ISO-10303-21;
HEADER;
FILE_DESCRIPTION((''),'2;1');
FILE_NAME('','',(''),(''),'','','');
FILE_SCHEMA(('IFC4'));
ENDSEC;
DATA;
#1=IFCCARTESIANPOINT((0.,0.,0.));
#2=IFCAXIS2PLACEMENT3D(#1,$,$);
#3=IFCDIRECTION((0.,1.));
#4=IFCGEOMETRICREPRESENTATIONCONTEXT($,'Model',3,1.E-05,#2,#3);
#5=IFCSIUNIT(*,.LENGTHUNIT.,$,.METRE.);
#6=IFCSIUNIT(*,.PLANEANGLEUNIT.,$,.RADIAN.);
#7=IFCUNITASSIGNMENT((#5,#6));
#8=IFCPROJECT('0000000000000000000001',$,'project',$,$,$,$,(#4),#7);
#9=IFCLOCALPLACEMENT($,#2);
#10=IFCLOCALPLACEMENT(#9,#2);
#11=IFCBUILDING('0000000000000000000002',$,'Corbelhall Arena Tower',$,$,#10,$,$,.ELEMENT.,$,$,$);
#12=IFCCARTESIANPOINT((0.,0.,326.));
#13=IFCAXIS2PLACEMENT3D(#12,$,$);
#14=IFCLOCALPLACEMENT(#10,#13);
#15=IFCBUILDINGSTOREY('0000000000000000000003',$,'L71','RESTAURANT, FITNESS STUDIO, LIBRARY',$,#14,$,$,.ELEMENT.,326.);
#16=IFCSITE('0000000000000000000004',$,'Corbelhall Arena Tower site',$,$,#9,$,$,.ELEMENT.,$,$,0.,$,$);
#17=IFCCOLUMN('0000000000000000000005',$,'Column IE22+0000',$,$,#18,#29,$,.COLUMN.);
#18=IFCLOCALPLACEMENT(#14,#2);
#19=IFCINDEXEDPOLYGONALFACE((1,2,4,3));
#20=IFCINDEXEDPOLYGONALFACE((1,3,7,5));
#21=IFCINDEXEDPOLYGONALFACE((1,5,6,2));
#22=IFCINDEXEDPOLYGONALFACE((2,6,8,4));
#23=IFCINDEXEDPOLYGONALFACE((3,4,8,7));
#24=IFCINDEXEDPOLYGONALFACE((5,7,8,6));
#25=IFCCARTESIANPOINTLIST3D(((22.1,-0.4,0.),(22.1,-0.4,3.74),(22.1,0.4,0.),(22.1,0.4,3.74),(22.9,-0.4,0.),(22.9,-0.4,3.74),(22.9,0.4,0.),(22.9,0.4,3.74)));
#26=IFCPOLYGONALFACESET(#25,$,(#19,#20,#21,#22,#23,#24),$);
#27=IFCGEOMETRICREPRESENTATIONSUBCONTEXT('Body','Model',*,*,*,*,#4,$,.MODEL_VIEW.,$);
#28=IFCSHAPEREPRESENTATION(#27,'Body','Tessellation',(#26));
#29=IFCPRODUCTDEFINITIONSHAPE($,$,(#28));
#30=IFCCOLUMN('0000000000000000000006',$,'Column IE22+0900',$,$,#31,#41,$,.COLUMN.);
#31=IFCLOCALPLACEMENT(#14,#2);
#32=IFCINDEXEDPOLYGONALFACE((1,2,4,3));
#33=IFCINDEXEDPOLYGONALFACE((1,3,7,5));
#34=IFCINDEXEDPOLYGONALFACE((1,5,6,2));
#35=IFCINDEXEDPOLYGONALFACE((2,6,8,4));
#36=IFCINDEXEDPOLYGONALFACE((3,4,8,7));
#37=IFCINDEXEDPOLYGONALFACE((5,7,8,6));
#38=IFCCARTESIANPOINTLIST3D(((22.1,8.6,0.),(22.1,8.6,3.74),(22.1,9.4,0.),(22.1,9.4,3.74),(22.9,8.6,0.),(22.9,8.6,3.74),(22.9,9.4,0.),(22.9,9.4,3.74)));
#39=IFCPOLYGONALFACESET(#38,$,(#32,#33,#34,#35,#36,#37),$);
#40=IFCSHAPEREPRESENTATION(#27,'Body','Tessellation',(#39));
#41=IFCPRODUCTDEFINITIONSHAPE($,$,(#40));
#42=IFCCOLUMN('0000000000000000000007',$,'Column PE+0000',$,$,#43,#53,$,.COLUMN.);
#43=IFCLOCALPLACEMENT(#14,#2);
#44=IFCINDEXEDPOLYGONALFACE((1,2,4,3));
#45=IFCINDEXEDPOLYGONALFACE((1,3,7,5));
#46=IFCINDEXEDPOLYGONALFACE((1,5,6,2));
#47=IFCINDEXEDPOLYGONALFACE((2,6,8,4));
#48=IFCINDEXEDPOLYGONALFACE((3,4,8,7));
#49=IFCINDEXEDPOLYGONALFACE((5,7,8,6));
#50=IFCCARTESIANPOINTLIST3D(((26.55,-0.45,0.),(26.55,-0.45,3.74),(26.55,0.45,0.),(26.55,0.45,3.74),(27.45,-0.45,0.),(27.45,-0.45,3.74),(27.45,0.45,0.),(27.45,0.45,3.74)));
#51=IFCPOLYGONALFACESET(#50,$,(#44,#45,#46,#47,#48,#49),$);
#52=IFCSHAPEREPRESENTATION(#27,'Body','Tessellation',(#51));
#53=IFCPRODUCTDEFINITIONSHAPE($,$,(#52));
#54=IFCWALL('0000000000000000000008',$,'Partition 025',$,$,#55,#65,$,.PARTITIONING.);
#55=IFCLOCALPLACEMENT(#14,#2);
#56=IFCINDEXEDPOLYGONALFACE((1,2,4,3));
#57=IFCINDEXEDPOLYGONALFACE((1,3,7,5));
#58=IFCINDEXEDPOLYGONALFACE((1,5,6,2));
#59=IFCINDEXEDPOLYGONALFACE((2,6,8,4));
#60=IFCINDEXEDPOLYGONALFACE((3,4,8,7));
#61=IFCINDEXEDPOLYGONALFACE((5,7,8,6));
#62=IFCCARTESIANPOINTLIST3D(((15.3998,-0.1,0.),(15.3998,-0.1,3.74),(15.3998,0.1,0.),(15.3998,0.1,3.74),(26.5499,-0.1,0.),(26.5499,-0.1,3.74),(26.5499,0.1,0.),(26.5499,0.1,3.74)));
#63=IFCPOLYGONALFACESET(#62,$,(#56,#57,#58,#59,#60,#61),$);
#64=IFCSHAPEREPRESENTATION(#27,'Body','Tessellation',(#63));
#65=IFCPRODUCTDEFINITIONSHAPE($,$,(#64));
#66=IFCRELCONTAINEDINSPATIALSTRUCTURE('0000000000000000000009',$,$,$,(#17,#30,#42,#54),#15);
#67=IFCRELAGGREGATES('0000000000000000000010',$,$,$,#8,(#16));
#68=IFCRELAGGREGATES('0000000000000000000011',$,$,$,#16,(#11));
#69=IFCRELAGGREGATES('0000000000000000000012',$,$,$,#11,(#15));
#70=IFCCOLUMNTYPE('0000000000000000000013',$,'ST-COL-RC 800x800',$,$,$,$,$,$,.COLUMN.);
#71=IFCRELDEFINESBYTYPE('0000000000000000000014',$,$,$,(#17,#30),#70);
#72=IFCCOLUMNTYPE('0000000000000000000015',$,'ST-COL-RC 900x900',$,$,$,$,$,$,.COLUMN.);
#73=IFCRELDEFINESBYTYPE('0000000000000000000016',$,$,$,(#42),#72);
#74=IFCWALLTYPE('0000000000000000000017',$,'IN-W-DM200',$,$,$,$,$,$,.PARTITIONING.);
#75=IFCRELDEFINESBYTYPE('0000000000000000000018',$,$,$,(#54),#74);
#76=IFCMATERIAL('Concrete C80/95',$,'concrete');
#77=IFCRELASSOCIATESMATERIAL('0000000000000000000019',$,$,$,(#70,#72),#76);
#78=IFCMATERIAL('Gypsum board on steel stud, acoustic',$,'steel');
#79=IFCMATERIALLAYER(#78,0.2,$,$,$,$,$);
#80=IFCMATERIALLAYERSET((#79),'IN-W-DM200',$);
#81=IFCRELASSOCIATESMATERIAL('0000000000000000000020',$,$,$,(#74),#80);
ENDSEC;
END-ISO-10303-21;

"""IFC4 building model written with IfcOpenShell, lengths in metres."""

from ifc_helpers import new_model, si_unit, direction, frame, frame_2d, origin, origin_2d, place, context, subcontext, project, spatial, rectangle, extrude, material, layer, layer_set, material_profile, profile_set, type_object, element, save


model = new_model("IFC4")

# Units and contexts
model_context = context("Model", 3, precision=1e-05, world=origin(), true_north=direction((0.0, 1.0)))
body_context = subcontext(model_context, "Body", "Model", "MODEL_VIEW")
ifc_project = project(units=[si_unit("LENGTHUNIT", "METRE"), si_unit("PLANEANGLEUNIT", "RADIAN")], contexts=[model_context])

# Site, building, storey
site_placement = place(None, origin())
site = spatial("IfcSite", under=ifc_project, at=site_placement, Name="Corbelhall Arena Tower site", CompositionType="ELEMENT", RefElevation=0.0)
building_placement = place(site_placement, origin())
building = spatial("IfcBuilding", under=site, at=building_placement, Name="Corbelhall Arena Tower", CompositionType="ELEMENT")
storey_placement = place(building_placement, frame((0.0, 0.0, 326.0)))
storey = spatial("IfcBuildingStorey", under=building, at=storey_placement, Name="L71", Description="RESTAURANT, FITNESS STUDIO, LIBRARY", CompositionType="ELEMENT", Elevation=326.0)

# Columns
ifc_material_1 = material(Name="Concrete C80/95", Category="concrete")
ifc_material_profile_1 = material_profile(ifc_material_1, rectangle(XDim=0.8, YDim=0.8, at=origin_2d()))
ifc_profile_set_1 = profile_set([ifc_material_profile_1], Name="Concrete C80/95")
column_type_1 = type_object("IfcColumnType", Name="ST-COL-RC 800x800", PredefinedType="COLUMN", material=ifc_profile_set_1)
for number, where, z_axis, x_axis, name in (
    (1, (22.5, 0.0, 0.0), (0.0, 0.0, 1.0), (1.0, 0.0, 0.0), "Column IE22+0000"),
    (2, (22.5, 9.0, 0.0), (0.0, 0.0, 1.0), (1.0, 0.0, 0.0), "Column IE22+0900"),
):
    element("IfcColumn", number, at=place(storey_placement, frame(where, z_axis=z_axis, x_axis=x_axis)), inside=storey, type_object=column_type_1, Name=name, PredefinedType="COLUMN", context=body_context, shape_type="SweptSolid", body=[
        extrude(rectangle(XDim=0.8, YDim=0.8, at=origin_2d()), origin(), (0.0, 0.0, 1.0), 3.74),
    ])
ifc_material_profile_2 = material_profile(ifc_material_1, rectangle(XDim=0.8999, YDim=0.8999, at=origin_2d()))
ifc_profile_set_2 = profile_set([ifc_material_profile_2], Name="Concrete C80/95")
column_type_2 = type_object("IfcColumnType", Name="ST-COL-RC 900x900", PredefinedType="COLUMN", material=ifc_profile_set_2)
column_placement = place(storey_placement, frame((27.0, 0.0, 0.0), z_axis=(0.0, 0.0, 1.0), x_axis=(0.0, 1.0, 0.0)))
element("IfcColumn", 3, at=column_placement, inside=storey, type_object=column_type_2, Name="Column PE+0000", PredefinedType="COLUMN", context=body_context, shape_type="SweptSolid", body=[
    extrude(rectangle(XDim=0.8999, YDim=0.8999, at=origin_2d()), origin(), (0.0, 0.0, 1.0), 3.74),
])

# Shared definitions
ifc_material_2 = material(Name="Gypsum board on steel stud, acoustic", Category="steel")
ifc_layer_1 = layer(ifc_material_2, 0.2)
ifc_layer_set_1 = layer_set([ifc_layer_1], Name="IN-W-DM200")
wall_type_1 = type_object("IfcWallType", Name="IN-W-DM200", PredefinedType="PARTITIONING", material=ifc_layer_set_1)

# Wall
wall_1_placement = place(storey_placement, frame((26.55, 0.0, 0.0), z_axis=(0.0, 0.0, 1.0), x_axis=(-1.0, 0.0, 0.0)))
element("IfcWall", 4, at=wall_1_placement, inside=storey, type_object=wall_type_1, Name="Partition 025", PredefinedType="PARTITIONING", context=body_context, shape_type="SweptSolid", body=[
    extrude(rectangle(XDim=11.1501, YDim=0.2, at=frame_2d((5.5752, 0.0))), origin(), (0.0, 0.0, 1.0), 3.74),
])

save(model, "model.ifc")
